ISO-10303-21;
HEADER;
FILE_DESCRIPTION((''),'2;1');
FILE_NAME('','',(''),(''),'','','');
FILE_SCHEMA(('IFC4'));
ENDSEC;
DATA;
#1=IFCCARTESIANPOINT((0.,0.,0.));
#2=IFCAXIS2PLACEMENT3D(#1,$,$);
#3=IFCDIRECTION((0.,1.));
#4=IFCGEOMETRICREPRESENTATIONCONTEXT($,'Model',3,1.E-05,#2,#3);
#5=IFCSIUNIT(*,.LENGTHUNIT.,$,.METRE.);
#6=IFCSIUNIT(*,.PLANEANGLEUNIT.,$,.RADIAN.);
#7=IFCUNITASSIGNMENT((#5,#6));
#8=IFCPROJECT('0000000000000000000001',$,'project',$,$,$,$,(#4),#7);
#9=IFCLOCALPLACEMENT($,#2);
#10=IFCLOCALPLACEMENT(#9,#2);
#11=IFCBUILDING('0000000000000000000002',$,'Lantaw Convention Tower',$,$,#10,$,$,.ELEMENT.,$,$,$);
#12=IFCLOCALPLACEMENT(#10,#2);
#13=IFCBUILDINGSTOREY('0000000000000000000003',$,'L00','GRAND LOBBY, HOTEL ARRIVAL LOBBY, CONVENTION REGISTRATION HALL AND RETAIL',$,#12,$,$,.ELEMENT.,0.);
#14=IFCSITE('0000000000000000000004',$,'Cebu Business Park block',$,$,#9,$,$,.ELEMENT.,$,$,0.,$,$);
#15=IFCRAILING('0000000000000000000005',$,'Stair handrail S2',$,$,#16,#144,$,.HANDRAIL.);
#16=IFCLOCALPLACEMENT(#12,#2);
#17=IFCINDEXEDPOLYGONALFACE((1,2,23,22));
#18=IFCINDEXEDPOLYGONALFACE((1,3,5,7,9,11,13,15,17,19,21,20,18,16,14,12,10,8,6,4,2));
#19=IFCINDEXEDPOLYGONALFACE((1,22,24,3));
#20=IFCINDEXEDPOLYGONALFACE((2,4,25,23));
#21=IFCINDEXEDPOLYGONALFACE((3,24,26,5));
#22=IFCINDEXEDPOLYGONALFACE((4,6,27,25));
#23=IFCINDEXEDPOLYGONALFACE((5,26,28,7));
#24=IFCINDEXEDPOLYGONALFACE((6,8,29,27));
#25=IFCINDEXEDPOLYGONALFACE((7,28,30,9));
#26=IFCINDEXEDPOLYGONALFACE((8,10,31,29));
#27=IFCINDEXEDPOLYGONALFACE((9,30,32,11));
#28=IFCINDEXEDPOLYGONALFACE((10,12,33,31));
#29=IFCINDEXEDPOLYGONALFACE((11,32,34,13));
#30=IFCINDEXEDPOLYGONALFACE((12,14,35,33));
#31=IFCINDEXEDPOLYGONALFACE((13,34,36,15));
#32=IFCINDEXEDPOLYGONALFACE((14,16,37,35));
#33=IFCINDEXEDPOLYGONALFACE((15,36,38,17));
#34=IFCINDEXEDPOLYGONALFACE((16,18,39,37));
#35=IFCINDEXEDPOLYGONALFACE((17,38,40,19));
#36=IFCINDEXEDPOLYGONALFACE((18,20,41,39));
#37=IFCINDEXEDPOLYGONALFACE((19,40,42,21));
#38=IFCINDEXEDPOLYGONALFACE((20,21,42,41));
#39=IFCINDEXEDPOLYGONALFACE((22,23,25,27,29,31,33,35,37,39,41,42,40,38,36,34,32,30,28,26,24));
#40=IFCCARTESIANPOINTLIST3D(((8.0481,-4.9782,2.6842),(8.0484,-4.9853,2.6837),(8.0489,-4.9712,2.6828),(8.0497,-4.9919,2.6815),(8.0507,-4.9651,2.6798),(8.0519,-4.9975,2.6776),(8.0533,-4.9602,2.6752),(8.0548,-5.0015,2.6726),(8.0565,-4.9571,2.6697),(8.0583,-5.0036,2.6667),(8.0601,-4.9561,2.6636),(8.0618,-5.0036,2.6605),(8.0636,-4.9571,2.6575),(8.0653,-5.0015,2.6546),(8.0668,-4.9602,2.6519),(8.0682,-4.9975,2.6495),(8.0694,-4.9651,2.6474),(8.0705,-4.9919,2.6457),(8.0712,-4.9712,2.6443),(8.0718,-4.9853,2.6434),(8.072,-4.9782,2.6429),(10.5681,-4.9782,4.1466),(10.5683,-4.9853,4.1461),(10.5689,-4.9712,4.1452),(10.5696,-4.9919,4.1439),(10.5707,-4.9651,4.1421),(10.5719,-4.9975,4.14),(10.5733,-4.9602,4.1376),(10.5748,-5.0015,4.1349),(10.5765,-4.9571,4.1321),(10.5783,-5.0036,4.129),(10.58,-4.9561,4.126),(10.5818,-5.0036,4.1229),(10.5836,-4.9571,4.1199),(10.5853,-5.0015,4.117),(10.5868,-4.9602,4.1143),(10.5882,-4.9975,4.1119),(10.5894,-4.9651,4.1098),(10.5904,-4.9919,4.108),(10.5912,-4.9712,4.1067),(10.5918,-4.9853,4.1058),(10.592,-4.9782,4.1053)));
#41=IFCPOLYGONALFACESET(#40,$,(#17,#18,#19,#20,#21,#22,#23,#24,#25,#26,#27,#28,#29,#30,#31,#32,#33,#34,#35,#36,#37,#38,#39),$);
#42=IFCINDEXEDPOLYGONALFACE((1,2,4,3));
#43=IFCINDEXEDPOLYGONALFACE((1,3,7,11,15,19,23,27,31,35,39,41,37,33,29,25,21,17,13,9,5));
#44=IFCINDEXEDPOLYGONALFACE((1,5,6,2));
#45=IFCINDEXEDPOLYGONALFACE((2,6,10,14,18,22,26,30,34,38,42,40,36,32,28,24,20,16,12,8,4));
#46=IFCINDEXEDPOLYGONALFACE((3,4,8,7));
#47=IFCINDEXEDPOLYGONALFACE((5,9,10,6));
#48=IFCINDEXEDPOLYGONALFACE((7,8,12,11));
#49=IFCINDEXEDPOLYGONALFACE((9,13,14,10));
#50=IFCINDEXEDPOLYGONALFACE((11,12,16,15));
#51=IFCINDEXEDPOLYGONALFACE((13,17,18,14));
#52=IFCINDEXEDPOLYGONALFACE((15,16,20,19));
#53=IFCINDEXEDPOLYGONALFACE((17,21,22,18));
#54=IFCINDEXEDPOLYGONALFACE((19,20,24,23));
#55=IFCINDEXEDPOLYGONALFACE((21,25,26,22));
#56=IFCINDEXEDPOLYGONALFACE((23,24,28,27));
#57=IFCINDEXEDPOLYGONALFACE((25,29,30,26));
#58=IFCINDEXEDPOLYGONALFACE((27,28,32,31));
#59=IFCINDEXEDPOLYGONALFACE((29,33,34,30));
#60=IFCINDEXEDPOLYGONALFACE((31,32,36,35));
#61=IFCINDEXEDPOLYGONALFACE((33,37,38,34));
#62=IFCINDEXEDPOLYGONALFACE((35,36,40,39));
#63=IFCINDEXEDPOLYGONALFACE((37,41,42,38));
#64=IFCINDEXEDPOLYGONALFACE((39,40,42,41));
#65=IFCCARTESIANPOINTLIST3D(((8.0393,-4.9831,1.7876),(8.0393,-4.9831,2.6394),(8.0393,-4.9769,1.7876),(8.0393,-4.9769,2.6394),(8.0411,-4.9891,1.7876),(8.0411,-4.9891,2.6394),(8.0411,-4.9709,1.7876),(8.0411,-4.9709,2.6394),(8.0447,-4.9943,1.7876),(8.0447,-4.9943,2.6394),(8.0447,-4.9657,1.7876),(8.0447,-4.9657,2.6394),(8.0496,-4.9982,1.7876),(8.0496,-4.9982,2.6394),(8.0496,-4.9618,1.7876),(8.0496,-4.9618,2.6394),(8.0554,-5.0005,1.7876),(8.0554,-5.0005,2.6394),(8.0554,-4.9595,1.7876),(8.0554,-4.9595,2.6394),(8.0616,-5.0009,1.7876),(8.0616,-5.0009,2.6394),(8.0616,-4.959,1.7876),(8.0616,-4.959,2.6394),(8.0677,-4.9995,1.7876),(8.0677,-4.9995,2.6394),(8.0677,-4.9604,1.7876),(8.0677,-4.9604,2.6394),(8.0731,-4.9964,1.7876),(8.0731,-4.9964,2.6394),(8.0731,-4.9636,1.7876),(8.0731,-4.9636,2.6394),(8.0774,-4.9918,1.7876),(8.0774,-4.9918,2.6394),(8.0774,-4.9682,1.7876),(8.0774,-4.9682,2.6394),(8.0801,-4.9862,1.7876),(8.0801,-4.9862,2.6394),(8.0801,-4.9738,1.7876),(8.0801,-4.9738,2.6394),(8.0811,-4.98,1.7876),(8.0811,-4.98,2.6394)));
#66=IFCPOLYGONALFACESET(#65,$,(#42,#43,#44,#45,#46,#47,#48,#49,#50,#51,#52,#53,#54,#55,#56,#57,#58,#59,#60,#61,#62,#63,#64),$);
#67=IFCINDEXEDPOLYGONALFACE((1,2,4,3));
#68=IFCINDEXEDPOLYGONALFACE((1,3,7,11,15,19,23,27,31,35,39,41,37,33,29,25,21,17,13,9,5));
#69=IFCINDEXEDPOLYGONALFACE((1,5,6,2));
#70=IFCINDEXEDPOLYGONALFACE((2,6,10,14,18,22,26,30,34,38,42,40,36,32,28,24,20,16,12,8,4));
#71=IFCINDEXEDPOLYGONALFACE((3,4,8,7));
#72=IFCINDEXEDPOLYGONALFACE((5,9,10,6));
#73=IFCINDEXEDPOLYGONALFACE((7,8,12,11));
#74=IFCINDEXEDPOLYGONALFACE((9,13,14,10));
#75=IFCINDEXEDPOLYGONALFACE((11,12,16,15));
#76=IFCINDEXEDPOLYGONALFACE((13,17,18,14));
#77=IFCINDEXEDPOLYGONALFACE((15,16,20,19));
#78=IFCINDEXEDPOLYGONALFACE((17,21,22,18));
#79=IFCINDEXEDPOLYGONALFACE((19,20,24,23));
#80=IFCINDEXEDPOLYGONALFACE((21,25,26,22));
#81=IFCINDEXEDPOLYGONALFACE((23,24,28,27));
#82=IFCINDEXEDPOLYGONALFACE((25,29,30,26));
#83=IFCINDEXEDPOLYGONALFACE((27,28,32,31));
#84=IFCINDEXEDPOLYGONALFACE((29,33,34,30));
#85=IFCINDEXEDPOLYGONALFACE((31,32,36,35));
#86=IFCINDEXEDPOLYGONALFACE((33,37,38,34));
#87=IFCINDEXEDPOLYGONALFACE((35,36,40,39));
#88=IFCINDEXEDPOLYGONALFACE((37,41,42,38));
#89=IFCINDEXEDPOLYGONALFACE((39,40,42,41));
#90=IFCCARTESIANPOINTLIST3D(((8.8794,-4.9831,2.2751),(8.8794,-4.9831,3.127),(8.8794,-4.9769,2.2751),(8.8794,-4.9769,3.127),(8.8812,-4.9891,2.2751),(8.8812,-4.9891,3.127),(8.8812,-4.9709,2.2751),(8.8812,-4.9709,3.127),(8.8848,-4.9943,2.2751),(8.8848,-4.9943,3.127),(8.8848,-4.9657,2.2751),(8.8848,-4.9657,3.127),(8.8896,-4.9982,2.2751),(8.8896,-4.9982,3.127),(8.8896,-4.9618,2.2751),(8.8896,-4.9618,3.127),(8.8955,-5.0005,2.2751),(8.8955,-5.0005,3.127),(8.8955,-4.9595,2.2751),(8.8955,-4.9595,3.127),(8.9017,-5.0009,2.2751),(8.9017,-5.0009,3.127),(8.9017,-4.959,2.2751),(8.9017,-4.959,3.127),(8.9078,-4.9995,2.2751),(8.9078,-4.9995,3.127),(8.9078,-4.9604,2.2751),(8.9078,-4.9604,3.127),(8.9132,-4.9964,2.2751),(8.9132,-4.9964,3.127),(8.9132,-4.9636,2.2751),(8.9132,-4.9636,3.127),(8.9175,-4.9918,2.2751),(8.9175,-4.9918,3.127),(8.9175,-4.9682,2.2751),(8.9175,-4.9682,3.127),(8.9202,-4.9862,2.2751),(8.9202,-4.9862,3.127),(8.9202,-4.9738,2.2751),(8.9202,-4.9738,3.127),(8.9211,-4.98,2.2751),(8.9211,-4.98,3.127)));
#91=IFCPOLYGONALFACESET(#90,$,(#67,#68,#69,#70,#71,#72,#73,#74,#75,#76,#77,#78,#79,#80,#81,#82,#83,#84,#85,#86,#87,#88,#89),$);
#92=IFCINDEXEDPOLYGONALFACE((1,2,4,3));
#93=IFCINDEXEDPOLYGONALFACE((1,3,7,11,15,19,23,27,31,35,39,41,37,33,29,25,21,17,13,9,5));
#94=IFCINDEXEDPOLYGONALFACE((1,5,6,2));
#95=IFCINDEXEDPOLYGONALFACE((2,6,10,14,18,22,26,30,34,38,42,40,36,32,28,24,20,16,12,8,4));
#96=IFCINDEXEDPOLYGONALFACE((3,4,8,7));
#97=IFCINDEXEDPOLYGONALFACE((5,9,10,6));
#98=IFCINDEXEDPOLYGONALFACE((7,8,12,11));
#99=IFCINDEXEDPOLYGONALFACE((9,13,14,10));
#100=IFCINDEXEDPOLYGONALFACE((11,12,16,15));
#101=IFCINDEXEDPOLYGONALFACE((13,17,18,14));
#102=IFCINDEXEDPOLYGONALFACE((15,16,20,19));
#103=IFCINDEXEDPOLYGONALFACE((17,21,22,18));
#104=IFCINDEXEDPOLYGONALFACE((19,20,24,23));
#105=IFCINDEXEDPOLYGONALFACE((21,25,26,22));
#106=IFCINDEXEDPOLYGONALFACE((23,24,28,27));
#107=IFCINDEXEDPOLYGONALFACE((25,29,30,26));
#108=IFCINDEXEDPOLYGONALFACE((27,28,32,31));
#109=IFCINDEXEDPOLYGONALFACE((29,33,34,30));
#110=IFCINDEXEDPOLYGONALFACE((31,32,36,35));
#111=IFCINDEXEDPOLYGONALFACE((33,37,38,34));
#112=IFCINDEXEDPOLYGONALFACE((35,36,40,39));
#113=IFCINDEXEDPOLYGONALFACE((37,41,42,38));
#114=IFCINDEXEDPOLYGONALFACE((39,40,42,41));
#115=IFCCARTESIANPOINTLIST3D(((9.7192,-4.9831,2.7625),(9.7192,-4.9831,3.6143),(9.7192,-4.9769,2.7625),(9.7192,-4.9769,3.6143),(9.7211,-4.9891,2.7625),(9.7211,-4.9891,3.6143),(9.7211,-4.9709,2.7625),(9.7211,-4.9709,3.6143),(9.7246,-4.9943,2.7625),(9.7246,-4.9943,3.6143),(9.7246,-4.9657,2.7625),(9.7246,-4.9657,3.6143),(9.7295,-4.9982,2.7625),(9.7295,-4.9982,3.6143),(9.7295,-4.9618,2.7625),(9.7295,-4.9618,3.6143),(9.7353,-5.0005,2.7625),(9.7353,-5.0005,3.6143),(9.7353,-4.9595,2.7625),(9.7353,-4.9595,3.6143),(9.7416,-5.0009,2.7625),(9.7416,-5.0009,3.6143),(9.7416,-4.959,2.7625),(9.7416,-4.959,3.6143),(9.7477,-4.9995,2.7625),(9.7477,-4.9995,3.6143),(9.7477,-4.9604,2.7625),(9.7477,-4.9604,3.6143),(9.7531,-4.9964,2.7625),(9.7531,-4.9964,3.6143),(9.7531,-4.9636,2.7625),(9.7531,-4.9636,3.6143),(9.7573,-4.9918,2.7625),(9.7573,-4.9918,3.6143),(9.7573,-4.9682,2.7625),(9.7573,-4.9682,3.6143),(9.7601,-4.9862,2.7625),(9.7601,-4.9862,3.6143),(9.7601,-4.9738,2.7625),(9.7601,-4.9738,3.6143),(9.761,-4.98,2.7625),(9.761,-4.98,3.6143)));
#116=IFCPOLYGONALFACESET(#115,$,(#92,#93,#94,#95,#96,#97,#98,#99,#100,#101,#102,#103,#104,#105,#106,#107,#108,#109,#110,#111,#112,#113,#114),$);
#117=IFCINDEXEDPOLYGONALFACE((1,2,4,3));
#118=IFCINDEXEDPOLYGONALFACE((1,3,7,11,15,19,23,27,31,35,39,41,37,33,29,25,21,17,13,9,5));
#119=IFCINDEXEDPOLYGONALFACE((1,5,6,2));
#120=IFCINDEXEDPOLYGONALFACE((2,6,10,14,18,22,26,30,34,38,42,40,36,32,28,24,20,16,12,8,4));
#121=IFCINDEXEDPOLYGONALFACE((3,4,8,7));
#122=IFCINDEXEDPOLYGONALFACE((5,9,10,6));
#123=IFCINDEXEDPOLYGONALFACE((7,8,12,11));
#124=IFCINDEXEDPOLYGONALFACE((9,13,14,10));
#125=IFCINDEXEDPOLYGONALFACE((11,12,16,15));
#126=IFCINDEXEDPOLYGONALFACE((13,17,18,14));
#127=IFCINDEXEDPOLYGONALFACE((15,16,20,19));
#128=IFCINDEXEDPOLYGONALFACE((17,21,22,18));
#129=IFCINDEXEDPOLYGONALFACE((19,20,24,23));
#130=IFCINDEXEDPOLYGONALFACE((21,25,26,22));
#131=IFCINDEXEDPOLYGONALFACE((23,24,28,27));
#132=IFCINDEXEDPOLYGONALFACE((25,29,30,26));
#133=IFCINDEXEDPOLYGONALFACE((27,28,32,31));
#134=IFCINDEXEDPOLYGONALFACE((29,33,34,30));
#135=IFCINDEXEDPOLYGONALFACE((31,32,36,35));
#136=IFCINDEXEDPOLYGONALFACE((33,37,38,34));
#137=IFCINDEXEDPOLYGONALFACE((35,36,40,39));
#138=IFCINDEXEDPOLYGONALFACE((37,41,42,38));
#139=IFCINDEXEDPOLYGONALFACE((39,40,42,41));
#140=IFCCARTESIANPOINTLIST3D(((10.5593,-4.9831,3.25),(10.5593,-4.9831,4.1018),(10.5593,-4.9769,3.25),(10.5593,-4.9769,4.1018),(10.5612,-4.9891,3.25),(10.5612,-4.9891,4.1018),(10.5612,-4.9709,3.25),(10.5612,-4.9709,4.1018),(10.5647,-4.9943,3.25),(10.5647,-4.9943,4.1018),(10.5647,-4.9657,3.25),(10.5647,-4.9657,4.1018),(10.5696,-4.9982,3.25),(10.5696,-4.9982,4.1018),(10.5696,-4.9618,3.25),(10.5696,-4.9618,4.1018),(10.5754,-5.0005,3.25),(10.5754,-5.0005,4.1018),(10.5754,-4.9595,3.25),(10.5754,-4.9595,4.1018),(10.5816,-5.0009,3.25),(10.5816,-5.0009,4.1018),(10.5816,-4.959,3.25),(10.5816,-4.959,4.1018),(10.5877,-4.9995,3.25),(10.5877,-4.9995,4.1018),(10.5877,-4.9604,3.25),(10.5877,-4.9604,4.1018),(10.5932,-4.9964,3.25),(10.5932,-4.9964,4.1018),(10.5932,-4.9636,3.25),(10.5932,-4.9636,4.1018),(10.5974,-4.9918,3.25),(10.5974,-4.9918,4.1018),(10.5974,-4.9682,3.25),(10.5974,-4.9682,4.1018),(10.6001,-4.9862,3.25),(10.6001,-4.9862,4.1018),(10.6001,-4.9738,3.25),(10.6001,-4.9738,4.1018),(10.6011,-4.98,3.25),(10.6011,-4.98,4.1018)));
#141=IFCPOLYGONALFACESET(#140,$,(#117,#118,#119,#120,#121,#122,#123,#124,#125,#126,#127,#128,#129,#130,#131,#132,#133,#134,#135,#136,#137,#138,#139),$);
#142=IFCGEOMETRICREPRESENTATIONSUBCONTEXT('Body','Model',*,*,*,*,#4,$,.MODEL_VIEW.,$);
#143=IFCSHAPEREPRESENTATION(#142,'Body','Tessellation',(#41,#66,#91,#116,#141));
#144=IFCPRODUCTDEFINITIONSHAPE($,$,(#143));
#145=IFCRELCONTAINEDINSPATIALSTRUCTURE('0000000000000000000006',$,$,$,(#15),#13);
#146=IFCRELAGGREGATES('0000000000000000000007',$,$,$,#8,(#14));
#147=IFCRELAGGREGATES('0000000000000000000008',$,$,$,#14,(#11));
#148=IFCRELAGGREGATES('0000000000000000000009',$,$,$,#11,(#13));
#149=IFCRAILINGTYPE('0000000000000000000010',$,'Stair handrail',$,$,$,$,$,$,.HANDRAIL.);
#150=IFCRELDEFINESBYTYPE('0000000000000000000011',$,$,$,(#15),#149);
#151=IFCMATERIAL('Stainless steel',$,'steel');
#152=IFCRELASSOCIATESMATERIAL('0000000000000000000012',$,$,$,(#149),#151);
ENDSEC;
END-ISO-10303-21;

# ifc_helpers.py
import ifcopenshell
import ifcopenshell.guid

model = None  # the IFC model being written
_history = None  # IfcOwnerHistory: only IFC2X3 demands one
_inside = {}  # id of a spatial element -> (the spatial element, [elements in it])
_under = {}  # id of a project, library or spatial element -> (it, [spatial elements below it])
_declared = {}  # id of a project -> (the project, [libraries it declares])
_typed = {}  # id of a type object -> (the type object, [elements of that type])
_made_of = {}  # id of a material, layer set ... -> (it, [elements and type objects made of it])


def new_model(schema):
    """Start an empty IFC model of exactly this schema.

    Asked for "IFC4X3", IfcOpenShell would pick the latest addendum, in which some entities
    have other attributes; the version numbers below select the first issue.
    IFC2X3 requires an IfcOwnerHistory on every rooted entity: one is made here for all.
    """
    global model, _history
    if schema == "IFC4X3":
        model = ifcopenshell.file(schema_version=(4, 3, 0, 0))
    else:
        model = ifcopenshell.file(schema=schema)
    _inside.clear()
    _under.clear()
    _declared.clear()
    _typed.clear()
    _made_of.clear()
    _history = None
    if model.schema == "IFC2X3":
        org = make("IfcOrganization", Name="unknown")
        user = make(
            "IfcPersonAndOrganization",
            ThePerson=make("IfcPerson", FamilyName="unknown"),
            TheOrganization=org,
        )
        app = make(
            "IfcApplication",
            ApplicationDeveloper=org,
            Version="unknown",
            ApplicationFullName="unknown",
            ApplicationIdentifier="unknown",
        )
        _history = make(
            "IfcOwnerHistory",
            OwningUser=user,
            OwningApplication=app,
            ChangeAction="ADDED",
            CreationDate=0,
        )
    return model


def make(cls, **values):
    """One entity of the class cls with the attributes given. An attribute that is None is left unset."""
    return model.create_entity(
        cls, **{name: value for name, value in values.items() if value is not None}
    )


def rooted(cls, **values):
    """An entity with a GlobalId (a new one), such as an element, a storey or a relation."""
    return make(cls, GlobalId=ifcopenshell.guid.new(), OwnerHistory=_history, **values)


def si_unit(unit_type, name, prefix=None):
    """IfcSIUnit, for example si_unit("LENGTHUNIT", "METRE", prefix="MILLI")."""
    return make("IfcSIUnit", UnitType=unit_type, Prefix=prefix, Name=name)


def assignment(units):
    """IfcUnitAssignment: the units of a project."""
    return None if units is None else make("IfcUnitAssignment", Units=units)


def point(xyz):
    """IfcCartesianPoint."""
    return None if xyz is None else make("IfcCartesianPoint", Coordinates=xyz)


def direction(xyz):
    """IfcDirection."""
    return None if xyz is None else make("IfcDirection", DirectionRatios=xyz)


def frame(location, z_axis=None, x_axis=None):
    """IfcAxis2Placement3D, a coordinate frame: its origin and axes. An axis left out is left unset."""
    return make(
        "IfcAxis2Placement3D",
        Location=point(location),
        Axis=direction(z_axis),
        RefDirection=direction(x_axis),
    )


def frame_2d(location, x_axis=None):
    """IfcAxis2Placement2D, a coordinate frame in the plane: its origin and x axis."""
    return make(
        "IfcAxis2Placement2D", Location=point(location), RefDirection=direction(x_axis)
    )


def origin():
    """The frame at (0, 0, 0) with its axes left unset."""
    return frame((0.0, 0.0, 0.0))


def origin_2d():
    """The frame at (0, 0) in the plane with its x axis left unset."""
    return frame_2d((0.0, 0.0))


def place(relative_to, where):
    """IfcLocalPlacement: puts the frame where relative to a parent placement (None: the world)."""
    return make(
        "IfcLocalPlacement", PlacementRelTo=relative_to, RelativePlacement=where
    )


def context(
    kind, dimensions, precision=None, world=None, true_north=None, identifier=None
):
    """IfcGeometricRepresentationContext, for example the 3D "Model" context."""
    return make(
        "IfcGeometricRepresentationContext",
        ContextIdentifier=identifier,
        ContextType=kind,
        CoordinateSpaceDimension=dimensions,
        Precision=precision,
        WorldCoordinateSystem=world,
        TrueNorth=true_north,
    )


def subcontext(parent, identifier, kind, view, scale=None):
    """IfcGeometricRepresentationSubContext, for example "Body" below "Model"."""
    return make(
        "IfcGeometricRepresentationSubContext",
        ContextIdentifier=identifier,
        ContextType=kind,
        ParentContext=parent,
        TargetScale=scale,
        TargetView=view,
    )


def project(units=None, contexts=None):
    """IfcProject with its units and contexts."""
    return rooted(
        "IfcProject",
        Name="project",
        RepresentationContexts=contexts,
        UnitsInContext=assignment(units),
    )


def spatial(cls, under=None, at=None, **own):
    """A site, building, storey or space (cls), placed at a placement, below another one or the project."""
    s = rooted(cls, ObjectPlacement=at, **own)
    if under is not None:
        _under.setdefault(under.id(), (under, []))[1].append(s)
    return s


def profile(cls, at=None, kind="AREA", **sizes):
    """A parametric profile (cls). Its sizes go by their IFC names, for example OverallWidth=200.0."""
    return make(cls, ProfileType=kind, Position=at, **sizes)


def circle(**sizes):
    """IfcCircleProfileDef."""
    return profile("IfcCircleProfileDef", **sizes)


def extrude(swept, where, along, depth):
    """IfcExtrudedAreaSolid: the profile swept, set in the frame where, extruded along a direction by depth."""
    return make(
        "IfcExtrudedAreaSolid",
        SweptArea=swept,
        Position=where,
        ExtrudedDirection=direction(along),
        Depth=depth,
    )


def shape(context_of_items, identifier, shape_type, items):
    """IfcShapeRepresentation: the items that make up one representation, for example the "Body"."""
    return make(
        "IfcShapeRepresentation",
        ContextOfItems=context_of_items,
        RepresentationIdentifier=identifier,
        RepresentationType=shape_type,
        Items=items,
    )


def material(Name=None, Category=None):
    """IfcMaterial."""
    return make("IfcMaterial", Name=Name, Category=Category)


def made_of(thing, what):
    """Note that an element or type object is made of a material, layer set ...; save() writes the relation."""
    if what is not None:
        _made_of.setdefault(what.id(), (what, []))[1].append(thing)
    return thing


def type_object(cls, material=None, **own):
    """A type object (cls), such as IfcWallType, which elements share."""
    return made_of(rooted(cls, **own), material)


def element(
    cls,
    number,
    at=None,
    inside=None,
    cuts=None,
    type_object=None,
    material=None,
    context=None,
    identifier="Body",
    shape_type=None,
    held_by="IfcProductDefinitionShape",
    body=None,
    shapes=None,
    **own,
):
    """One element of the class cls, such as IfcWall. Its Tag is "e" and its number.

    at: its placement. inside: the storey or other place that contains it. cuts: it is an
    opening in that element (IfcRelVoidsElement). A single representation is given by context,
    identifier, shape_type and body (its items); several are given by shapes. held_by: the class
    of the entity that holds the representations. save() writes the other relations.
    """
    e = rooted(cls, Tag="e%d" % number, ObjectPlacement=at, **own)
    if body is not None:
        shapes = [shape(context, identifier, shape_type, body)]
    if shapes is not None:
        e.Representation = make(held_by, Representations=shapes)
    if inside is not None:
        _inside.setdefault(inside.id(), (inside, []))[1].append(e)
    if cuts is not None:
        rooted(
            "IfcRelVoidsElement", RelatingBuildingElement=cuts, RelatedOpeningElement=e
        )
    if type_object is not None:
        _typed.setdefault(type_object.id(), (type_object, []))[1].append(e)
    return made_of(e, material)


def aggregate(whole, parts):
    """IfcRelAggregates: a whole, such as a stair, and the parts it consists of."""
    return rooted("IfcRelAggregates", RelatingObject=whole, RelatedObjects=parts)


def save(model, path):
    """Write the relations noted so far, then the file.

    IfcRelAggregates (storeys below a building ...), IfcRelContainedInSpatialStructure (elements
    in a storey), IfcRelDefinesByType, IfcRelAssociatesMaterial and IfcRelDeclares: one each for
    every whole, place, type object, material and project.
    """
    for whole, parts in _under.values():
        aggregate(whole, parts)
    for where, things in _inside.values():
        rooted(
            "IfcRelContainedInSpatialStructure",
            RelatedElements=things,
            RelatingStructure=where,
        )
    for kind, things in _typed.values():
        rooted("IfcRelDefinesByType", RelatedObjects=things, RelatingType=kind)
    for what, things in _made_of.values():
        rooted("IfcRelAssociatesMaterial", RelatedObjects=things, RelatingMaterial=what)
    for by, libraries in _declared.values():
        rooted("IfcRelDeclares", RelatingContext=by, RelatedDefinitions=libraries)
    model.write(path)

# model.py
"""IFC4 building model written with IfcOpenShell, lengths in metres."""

from ifc_helpers import new_model, si_unit, direction, frame, origin, origin_2d, place, context, subcontext, project, spatial, circle, extrude, material, type_object, element, save


model = new_model("IFC4")

# Units and contexts
model_context = context("Model", 3, precision=1e-05, world=origin(), true_north=direction((0.0, 1.0)))
body_context = subcontext(model_context, "Body", "Model", "MODEL_VIEW")
ifc_project = project(units=[si_unit("LENGTHUNIT", "METRE"), si_unit("PLANEANGLEUNIT", "RADIAN")], contexts=[model_context])

# Site, building, storey
site_placement = place(None, origin())
site = spatial("IfcSite", under=ifc_project, at=site_placement, Name="Cebu Business Park block", CompositionType="ELEMENT", RefElevation=0.0)
building_placement = place(site_placement, origin())
building = spatial("IfcBuilding", under=site, at=building_placement, Name="Lantaw Convention Tower", CompositionType="ELEMENT")
storey_placement = place(building_placement, origin())
storey = spatial("IfcBuildingStorey", under=building, at=storey_placement, Name="L00", Description="GRAND LOBBY, HOTEL ARRIVAL LOBBY, CONVENTION REGISTRATION HALL AND RETAIL", CompositionType="ELEMENT", Elevation=0.0)

# Railing
ifc_material_1 = material(Name="Stainless steel", Category="steel")
railing_type = type_object("IfcRailingType", Name="Stair handrail", PredefinedType="HANDRAIL", material=ifc_material_1)
railing_1_placement = place(storey_placement, frame((8.0601, -4.98, 1.7876)))
element("IfcRailing", 1, at=railing_1_placement, inside=storey, type_object=railing_type, Name="Stair handrail S2", PredefinedType="HANDRAIL", context=body_context, shape_type="SweptSolid", body=[
    extrude(circle(Radius=0.0239, at=origin_2d()), frame((0.0, 0.0, 0.876), z_axis=(0.864913, 0.0, 0.501921), x_axis=(0.0, 1.0, 0.0)), (0.0, 0.0, 1.0), 2.9136),
    extrude(circle(Radius=0.021, at=origin_2d()), origin(), (0.0, 0.0, 1.0), 0.8518),
    extrude(circle(Radius=0.021, at=origin_2d()), frame((0.8401, 0.0, 0.4875)), (0.0, 0.0, 1.0), 0.8518),
    extrude(circle(Radius=0.021, at=origin_2d()), frame((1.6799, 0.0, 0.9749)), (0.0, 0.0, 1.0), 0.8518),
    extrude(circle(Radius=0.021, at=origin_2d()), frame((2.52, 0.0, 1.4624)), (0.0, 0.0, 1.0), 0.8518),
])

save(model, "model.ifc")
